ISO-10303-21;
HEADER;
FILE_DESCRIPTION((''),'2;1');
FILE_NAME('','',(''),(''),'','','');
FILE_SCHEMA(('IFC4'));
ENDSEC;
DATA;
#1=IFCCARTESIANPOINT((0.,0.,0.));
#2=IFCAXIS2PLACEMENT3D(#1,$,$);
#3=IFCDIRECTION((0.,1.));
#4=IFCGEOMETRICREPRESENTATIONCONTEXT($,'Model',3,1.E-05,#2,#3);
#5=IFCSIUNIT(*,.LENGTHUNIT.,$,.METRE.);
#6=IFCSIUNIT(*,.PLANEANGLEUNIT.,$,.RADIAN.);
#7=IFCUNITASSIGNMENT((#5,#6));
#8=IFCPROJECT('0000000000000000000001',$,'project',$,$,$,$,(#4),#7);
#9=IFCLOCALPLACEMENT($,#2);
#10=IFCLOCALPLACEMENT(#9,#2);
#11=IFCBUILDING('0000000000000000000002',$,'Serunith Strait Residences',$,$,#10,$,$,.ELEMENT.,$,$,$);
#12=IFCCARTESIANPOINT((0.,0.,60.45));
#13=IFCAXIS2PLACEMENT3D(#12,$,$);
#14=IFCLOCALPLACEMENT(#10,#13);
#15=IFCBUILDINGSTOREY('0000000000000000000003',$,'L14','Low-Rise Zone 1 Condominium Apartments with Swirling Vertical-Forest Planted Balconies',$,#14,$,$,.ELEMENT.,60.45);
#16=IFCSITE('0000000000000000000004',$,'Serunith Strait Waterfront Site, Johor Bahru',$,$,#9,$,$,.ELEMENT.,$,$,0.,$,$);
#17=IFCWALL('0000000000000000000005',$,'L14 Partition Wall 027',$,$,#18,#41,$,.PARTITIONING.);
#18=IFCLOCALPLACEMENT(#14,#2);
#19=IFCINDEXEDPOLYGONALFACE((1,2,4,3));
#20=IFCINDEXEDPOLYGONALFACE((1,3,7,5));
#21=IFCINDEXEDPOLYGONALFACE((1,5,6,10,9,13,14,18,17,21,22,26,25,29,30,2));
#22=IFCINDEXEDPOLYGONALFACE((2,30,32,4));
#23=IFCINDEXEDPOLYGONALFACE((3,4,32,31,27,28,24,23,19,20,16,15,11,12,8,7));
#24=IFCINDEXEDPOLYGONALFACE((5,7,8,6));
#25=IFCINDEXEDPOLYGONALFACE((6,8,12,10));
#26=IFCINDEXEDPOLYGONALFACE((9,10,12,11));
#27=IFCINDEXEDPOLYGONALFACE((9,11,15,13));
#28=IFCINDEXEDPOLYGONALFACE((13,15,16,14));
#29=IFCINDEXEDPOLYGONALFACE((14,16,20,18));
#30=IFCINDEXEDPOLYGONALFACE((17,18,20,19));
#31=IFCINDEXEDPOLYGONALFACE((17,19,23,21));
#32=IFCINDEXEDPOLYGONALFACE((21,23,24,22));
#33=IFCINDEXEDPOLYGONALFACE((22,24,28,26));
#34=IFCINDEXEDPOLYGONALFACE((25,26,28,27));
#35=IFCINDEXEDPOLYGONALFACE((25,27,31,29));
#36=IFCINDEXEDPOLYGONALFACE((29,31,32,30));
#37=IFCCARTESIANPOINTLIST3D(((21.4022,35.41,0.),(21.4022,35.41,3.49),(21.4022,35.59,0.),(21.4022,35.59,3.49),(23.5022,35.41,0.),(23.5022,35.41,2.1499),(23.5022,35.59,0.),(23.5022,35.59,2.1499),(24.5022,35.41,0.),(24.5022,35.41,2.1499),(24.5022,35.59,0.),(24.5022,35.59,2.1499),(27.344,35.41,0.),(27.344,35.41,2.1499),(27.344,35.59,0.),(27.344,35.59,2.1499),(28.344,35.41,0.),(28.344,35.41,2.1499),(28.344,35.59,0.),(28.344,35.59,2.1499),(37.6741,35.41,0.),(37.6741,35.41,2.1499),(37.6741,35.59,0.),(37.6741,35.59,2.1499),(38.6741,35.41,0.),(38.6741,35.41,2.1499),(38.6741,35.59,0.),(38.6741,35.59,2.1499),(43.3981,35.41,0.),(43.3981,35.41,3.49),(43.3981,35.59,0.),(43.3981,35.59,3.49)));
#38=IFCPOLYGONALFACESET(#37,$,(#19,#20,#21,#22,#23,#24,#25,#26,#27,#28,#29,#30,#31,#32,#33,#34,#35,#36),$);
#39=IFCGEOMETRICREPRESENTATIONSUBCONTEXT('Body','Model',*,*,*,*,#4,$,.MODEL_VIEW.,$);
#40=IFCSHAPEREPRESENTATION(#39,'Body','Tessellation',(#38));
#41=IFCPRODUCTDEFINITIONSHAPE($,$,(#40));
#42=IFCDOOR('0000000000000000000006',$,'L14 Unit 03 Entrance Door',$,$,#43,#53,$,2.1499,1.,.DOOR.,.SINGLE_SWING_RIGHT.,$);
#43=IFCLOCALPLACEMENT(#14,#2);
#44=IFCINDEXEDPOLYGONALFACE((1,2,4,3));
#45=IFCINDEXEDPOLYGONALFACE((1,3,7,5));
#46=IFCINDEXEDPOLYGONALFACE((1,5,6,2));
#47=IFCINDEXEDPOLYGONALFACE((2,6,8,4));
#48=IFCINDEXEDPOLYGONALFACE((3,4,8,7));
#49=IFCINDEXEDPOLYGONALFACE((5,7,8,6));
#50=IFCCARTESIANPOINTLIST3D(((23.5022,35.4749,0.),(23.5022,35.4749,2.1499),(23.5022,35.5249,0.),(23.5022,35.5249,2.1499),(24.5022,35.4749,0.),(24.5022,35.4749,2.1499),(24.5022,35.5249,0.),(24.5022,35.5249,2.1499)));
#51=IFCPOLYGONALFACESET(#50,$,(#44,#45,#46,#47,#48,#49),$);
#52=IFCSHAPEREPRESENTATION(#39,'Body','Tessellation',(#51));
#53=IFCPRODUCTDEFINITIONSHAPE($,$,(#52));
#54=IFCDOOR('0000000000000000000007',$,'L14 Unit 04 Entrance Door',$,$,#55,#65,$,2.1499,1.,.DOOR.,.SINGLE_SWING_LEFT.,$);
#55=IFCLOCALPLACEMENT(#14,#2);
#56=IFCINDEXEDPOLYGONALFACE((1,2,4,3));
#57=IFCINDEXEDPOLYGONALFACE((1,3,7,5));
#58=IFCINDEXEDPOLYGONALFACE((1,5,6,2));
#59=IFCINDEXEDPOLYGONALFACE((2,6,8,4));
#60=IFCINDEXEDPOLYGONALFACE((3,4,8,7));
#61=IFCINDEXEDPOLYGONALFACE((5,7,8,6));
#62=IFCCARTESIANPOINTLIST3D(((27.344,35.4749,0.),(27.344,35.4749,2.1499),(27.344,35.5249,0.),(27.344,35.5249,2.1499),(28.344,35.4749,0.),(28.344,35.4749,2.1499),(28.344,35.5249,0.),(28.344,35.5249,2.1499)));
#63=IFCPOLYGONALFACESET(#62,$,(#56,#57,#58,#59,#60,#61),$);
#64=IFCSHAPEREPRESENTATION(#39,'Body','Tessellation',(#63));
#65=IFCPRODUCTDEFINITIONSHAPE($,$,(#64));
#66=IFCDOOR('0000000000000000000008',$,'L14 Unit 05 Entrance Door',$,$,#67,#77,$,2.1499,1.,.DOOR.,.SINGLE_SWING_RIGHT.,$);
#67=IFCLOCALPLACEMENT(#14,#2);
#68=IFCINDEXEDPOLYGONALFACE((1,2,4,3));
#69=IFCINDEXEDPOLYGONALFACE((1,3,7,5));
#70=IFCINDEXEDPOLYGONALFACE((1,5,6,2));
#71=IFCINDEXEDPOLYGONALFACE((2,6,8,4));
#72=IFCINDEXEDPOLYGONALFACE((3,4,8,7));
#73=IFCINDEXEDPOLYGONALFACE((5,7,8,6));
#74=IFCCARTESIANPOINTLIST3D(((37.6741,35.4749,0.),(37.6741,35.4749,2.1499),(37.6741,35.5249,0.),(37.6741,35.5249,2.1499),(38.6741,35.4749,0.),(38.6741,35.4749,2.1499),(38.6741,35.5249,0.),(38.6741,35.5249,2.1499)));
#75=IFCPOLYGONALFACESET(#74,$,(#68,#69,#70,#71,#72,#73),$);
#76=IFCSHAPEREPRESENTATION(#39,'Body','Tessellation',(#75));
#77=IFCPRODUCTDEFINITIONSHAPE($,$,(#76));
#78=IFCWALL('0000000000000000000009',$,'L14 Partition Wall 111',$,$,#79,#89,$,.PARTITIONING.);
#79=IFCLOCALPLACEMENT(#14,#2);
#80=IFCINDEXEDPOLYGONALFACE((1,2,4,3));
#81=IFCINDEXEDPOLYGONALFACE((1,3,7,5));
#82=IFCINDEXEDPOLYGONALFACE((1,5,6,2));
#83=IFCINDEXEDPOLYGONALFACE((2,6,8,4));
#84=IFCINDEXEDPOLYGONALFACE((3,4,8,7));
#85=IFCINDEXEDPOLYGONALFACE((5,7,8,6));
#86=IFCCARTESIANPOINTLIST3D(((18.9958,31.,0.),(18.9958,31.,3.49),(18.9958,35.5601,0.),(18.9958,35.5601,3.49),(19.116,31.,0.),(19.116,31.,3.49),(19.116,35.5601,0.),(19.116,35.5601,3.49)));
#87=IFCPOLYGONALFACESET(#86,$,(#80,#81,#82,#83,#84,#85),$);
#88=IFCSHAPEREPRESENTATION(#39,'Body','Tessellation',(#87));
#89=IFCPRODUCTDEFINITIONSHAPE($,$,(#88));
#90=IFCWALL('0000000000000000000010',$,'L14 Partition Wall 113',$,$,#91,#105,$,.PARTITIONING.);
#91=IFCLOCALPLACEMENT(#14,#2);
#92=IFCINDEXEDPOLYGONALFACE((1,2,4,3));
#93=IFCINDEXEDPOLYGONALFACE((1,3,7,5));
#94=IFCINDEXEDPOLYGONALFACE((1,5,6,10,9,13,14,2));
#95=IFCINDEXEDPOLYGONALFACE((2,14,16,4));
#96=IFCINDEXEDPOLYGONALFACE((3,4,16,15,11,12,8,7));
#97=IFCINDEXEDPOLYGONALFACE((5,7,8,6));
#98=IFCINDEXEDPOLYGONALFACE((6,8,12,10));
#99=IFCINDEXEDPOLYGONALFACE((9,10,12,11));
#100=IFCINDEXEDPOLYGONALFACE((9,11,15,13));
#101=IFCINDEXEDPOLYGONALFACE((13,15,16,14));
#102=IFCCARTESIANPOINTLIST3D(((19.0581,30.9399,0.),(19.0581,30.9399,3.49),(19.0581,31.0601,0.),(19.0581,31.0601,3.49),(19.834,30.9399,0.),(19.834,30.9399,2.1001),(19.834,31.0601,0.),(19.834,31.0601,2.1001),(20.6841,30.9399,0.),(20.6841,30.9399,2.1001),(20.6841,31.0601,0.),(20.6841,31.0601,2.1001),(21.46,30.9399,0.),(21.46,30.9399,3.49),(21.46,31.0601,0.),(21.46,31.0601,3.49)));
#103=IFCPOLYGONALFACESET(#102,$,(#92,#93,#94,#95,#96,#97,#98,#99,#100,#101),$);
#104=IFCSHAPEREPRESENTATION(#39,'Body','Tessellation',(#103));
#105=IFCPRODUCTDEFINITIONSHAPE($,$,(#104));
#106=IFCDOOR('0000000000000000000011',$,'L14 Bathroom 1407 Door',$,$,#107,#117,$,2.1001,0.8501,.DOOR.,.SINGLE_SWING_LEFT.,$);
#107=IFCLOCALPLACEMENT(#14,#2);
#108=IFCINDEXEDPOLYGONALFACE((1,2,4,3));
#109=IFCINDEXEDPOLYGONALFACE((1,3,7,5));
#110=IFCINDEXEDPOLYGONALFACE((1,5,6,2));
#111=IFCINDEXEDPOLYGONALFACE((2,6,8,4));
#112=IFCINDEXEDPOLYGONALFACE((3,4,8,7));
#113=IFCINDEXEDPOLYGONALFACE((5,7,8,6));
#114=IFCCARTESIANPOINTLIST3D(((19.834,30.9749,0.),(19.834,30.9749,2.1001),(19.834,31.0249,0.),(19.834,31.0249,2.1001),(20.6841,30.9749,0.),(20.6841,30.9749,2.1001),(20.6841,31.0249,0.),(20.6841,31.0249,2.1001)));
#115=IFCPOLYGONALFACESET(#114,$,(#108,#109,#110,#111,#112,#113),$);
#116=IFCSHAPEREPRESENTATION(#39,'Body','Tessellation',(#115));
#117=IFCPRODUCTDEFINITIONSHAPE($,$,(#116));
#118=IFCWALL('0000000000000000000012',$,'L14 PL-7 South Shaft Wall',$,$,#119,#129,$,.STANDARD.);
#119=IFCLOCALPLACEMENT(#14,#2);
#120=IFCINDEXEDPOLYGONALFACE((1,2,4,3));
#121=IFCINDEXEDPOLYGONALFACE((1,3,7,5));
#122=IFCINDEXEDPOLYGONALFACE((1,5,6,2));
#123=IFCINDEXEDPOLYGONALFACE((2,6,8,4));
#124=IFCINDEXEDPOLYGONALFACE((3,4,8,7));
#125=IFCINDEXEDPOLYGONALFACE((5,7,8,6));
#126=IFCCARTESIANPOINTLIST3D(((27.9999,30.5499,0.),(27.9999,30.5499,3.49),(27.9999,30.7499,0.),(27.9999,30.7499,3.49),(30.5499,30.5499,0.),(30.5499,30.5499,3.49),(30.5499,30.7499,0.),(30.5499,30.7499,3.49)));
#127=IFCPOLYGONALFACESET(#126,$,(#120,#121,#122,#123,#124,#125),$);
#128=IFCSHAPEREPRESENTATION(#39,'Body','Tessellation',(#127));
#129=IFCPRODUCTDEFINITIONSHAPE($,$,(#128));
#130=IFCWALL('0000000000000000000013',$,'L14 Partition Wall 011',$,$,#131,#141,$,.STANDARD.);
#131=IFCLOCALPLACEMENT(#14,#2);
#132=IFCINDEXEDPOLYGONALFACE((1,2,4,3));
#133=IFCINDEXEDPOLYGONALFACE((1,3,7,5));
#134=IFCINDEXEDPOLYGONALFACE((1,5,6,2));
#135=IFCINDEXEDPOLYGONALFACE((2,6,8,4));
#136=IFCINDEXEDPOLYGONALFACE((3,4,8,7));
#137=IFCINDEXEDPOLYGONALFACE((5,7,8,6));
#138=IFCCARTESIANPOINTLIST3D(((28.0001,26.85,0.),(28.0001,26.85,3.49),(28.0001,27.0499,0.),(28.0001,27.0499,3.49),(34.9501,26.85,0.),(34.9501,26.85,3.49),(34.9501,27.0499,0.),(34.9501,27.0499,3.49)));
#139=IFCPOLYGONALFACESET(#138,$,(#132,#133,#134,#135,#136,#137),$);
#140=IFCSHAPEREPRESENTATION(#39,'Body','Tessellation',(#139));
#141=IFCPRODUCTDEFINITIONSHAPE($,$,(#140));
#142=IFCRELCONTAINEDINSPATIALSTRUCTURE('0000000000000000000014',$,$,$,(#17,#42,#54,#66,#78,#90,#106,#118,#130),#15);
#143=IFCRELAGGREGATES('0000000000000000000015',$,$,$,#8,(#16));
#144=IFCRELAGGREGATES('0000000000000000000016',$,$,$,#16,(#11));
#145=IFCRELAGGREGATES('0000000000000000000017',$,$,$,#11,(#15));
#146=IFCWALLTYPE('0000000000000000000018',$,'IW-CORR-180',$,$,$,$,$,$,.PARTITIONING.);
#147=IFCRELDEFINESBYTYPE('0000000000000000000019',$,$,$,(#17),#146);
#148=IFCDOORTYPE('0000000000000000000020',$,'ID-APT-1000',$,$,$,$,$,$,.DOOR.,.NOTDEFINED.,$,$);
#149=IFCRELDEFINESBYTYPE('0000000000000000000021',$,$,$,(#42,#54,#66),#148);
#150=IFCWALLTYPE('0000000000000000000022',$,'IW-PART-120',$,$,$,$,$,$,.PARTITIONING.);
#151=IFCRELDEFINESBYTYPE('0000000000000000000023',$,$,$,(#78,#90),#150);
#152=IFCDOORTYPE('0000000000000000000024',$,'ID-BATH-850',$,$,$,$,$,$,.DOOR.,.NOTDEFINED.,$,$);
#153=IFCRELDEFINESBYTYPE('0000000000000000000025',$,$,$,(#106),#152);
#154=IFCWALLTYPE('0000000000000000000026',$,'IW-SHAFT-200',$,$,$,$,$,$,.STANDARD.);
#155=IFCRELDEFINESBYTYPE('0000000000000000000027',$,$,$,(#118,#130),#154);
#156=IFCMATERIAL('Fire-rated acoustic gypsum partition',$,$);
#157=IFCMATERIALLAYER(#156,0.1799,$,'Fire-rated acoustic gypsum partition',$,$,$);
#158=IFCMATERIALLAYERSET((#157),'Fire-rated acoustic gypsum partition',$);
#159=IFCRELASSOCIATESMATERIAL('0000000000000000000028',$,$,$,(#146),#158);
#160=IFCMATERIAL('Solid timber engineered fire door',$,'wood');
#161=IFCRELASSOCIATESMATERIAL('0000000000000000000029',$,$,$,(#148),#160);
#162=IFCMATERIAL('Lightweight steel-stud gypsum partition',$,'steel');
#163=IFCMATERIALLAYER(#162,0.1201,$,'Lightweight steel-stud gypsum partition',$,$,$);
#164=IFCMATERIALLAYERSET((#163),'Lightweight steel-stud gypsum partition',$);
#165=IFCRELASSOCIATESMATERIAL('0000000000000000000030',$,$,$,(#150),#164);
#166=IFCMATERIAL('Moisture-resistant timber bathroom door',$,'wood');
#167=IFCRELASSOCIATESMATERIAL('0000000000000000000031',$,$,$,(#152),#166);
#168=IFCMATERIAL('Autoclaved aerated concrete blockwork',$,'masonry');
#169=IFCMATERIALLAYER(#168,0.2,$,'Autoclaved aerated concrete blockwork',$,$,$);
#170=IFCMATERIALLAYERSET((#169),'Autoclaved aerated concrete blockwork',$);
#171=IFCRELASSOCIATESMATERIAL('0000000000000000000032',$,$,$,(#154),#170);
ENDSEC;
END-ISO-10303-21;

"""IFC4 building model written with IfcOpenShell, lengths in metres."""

from ifc_helpers import new_model, si_unit, direction, frame, frame_2d, origin, place, context, subcontext, project, spatial, rectangle, extrude, source, transform, mapped, material, layer, layer_set, type_object, element, fill, save


model = new_model("IFC4")

# Units and contexts
model_context = context("Model", 3, precision=1e-05, world=origin(), true_north=direction((0.0, 1.0)))
body_context = subcontext(model_context, "Body", "Model", "MODEL_VIEW")
ifc_project = project(units=[si_unit("LENGTHUNIT", "METRE"), si_unit("PLANEANGLEUNIT", "RADIAN")], contexts=[model_context])

# Site, building, storey
site_placement = place(None, origin())
site = spatial("IfcSite", under=ifc_project, at=site_placement, Name="Serunith Strait Waterfront Site, Johor Bahru", CompositionType="ELEMENT", RefElevation=0.0)
building_placement = place(site_placement, origin())
building = spatial("IfcBuilding", under=site, at=building_placement, Name="Serunith Strait Residences", CompositionType="ELEMENT")
storey_placement = place(building_placement, frame((0.0, 0.0, 60.45)))
storey = spatial("IfcBuildingStorey", under=building, at=storey_placement, Name="L14", Description="Low-Rise Zone 1 Condominium Apartments with Swirling Vertical-Forest Planted Balconies", CompositionType="ELEMENT", Elevation=60.45)

# Wall, openings, doors
ifc_material_1 = material(Name="Fire-rated acoustic gypsum partition")
ifc_layer_1 = layer(ifc_material_1, 0.1799, Name="Fire-rated acoustic gypsum partition")
ifc_layer_set_1 = layer_set([ifc_layer_1], Name="Fire-rated acoustic gypsum partition")
wall_type_1 = type_object("IfcWallType", Name="IW-CORR-180", PredefinedType="PARTITIONING", material=ifc_layer_set_1)
wall_1_placement = place(storey_placement, frame((21.4021, 35.5, 0.0), z_axis=(0.0, 0.0, 1.0), x_axis=(1.0, 0.0, 0.0)))
wall_1 = element("IfcWall", 1, at=wall_1_placement, inside=storey, type_object=wall_type_1, Name="L14 Partition Wall 027", PredefinedType="PARTITIONING", context=body_context, shape_type="SweptSolid", body=[
    extrude(rectangle(XDim=21.9958, YDim=0.1799, at=frame_2d((10.998, 0.0))), origin(), (0.0, 0.0, 1.0), 3.49),
])
opening_1_placement = place(wall_1_placement, frame((2.1001, 0.0, 0.0)))
opening_1 = element("IfcOpeningElement", 2, at=opening_1_placement, cuts=wall_1, PredefinedType="OPENING", context=body_context, shape_type="SweptSolid", body=[
    extrude(rectangle(XDim=1.0, YDim=2.1499, at=frame_2d((0.5, 1.075))), frame((0.0, 0.1001, 0.0), z_axis=(0.0, -1.0, 0.0), x_axis=(1.0, 0.0, 0.0)), (0.0, 0.0, 1.0), 0.2),
])
opening_2_placement = place(wall_1_placement, frame((5.9419, 0.0, 0.0)))
opening_2 = element("IfcOpeningElement", 3, at=opening_2_placement, cuts=wall_1, PredefinedType="OPENING", context=body_context, shape_type="SweptSolid", body=[
    extrude(rectangle(XDim=1.0, YDim=2.1499, at=frame_2d((0.5, 1.075))), frame((0.0, 0.1001, 0.0), z_axis=(0.0, -1.0, 0.0), x_axis=(1.0, 0.0, 0.0)), (0.0, 0.0, 1.0), 0.2),
])
opening_3_placement = place(wall_1_placement, frame((16.272, 0.0, 0.0)))
opening_3 = element("IfcOpeningElement", 4, at=opening_3_placement, cuts=wall_1, PredefinedType="OPENING", context=body_context, shape_type="SweptSolid", body=[
    extrude(rectangle(XDim=1.0, YDim=2.1499, at=frame_2d((0.5, 1.075))), frame((0.0, 0.1001, 0.0), z_axis=(0.0, -1.0, 0.0), x_axis=(1.0, 0.0, 0.0)), (0.0, 0.0, 1.0), 0.2),
])
ifc_material_2 = material(Name="Solid timber engineered fire door", Category="wood")
door_type_1 = type_object("IfcDoorType", Name="ID-APT-1000", OperationType="NOTDEFINED", PredefinedType="DOOR", material=ifc_material_2)
shared_shape_1 = source(origin(), body_context, "Body", "SweptSolid", [
    extrude(rectangle(XDim=1.0, YDim=2.1499, at=frame_2d((0.5, 1.075))), frame((0.0, 0.0249, 0.0), z_axis=(0.0, -1.0, 0.0), x_axis=(1.0, 0.0, 0.0)), (0.0, 0.0, 1.0), 0.05),
])
door_1_placement = place(opening_1_placement, origin())
door_1 = element("IfcDoor", 5, at=door_1_placement, inside=storey, type_object=door_type_1, Name="L14 Unit 03 Entrance Door", OperationType="SINGLE_SWING_RIGHT", OverallHeight=2.1499, OverallWidth=1.0, PredefinedType="DOOR", context=body_context, shape_type="MappedRepresentation", body=[
    mapped(shared_shape_1, transform((0.0, 0.0, 0.0), scale=1.0)),
])
fill(opening_1, door_1)
door_2_placement = place(opening_2_placement, origin())
door_2 = element("IfcDoor", 6, at=door_2_placement, inside=storey, type_object=door_type_1, Name="L14 Unit 04 Entrance Door", OperationType="SINGLE_SWING_LEFT", OverallHeight=2.1499, OverallWidth=1.0, PredefinedType="DOOR", context=body_context, shape_type="MappedRepresentation", body=[
    mapped(shared_shape_1, transform((0.0, 0.0, 0.0), scale=1.0)),
])
fill(opening_2, door_2)
door_3_placement = place(opening_3_placement, origin())
door_3 = element("IfcDoor", 7, at=door_3_placement, inside=storey, type_object=door_type_1, Name="L14 Unit 05 Entrance Door", OperationType="SINGLE_SWING_RIGHT", OverallHeight=2.1499, OverallWidth=1.0, PredefinedType="DOOR", context=body_context, shape_type="MappedRepresentation", body=[
    mapped(shared_shape_1, transform((0.0, 0.0, 0.0), scale=1.0)),
])
fill(opening_3, door_3)

# Wall
ifc_material_3 = material(Name="Lightweight steel-stud gypsum partition", Category="steel")
ifc_layer_2 = layer(ifc_material_3, 0.1201, Name="Lightweight steel-stud gypsum partition")
ifc_layer_set_2 = layer_set([ifc_layer_2], Name="Lightweight steel-stud gypsum partition")
wall_type_2 = type_object("IfcWallType", Name="IW-PART-120", PredefinedType="PARTITIONING", material=ifc_layer_set_2)
wall_2_placement = place(storey_placement, frame((19.0559, 31.0, 0.0), z_axis=(0.0, 0.0, 1.0), x_axis=(0.0, 1.0, 0.0)))
element("IfcWall", 8, at=wall_2_placement, inside=storey, type_object=wall_type_2, Name="L14 Partition Wall 111", PredefinedType="PARTITIONING", context=body_context, shape_type="SweptSolid", body=[
    extrude(rectangle(XDim=4.5601, YDim=0.1201, at=frame_2d((2.28, 0.0))), origin(), (0.0, 0.0, 1.0), 3.49),
])

# Wall, opening, door
wall_3_placement = place(storey_placement, frame((19.0581, 31.0, 0.0), z_axis=(0.0, 0.0, 1.0), x_axis=(1.0, 0.0, 0.0)))
wall_3 = element("IfcWall", 9, at=wall_3_placement, inside=storey, type_object=wall_type_2, Name="L14 Partition Wall 113", PredefinedType="PARTITIONING", context=body_context, shape_type="SweptSolid", body=[
    extrude(rectangle(XDim=2.4019, YDim=0.1201, at=frame_2d((1.2009, 0.0))), origin(), (0.0, 0.0, 1.0), 3.49),
])
opening_4_placement = place(wall_3_placement, frame((0.7759, 0.0, 0.0)))
opening_4 = element("IfcOpeningElement", 10, at=opening_4_placement, cuts=wall_3, PredefinedType="OPENING", context=body_context, shape_type="SweptSolid", body=[
    extrude(rectangle(XDim=0.8501, YDim=2.1001, at=frame_2d((0.425, 1.05))), frame((0.0, 0.0701, 0.0), z_axis=(0.0, -1.0, 0.0), x_axis=(1.0, 0.0, 0.0)), (0.0, 0.0, 1.0), 0.1401),
])
ifc_material_4 = material(Name="Moisture-resistant timber bathroom door", Category="wood")
door_type_2 = type_object("IfcDoorType", Name="ID-BATH-850", OperationType="NOTDEFINED", PredefinedType="DOOR", material=ifc_material_4)
shared_shape_2 = source(origin(), body_context, "Body", "SweptSolid", [
    extrude(rectangle(XDim=0.8501, YDim=2.1001, at=frame_2d((0.425, 1.05))), frame((0.0, 0.0249, 0.0), z_axis=(0.0, -1.0, 0.0), x_axis=(1.0, 0.0, 0.0)), (0.0, 0.0, 1.0), 0.05),
])
door_4_placement = place(opening_4_placement, origin())
door_4 = element("IfcDoor", 11, at=door_4_placement, inside=storey, type_object=door_type_2, Name="L14 Bathroom 1407 Door", OperationType="SINGLE_SWING_LEFT", OverallHeight=2.1001, OverallWidth=0.8501, PredefinedType="DOOR", context=body_context, shape_type="MappedRepresentation", body=[
    mapped(shared_shape_2, transform((0.0, 0.0, 0.0), scale=1.0)),
])
fill(opening_4, door_4)

# Walls
ifc_material_5 = material(Name="Autoclaved aerated concrete blockwork", Category="masonry")
ifc_layer_3 = layer(ifc_material_5, 0.2, Name="Autoclaved aerated concrete blockwork")
ifc_layer_set_3 = layer_set([ifc_layer_3], Name="Autoclaved aerated concrete blockwork")
wall_type_3 = type_object("IfcWallType", Name="IW-SHAFT-200", PredefinedType="STANDARD", material=ifc_layer_set_3)
wall_4_placement = place(storey_placement, frame((28.0, 30.6499, 0.0), z_axis=(0.0, 0.0, 1.0), x_axis=(1.0, 0.0, 0.0)))
element("IfcWall", 12, at=wall_4_placement, inside=storey, type_object=wall_type_3, Name="L14 PL-7 South Shaft Wall", PredefinedType="STANDARD", context=body_context, shape_type="SweptSolid", body=[
    extrude(rectangle(XDim=2.55, YDim=0.2, at=frame_2d((1.2749, 0.0))), origin(), (0.0, 0.0, 1.0), 3.49),
])
wall_5_placement = place(storey_placement, frame((28.0, 26.95, 0.0), z_axis=(0.0, 0.0, 1.0), x_axis=(1.0, 0.0, 0.0)))
element("IfcWall", 13, at=wall_5_placement, inside=storey, type_object=wall_type_3, Name="L14 Partition Wall 011", PredefinedType="STANDARD", context=body_context, shape_type="SweptSolid", body=[
    extrude(rectangle(XDim=6.95, YDim=0.2, at=frame_2d((3.4751, 0.0))), origin(), (0.0, 0.0, 1.0), 3.49),
])

save(model, "model.ifc")
